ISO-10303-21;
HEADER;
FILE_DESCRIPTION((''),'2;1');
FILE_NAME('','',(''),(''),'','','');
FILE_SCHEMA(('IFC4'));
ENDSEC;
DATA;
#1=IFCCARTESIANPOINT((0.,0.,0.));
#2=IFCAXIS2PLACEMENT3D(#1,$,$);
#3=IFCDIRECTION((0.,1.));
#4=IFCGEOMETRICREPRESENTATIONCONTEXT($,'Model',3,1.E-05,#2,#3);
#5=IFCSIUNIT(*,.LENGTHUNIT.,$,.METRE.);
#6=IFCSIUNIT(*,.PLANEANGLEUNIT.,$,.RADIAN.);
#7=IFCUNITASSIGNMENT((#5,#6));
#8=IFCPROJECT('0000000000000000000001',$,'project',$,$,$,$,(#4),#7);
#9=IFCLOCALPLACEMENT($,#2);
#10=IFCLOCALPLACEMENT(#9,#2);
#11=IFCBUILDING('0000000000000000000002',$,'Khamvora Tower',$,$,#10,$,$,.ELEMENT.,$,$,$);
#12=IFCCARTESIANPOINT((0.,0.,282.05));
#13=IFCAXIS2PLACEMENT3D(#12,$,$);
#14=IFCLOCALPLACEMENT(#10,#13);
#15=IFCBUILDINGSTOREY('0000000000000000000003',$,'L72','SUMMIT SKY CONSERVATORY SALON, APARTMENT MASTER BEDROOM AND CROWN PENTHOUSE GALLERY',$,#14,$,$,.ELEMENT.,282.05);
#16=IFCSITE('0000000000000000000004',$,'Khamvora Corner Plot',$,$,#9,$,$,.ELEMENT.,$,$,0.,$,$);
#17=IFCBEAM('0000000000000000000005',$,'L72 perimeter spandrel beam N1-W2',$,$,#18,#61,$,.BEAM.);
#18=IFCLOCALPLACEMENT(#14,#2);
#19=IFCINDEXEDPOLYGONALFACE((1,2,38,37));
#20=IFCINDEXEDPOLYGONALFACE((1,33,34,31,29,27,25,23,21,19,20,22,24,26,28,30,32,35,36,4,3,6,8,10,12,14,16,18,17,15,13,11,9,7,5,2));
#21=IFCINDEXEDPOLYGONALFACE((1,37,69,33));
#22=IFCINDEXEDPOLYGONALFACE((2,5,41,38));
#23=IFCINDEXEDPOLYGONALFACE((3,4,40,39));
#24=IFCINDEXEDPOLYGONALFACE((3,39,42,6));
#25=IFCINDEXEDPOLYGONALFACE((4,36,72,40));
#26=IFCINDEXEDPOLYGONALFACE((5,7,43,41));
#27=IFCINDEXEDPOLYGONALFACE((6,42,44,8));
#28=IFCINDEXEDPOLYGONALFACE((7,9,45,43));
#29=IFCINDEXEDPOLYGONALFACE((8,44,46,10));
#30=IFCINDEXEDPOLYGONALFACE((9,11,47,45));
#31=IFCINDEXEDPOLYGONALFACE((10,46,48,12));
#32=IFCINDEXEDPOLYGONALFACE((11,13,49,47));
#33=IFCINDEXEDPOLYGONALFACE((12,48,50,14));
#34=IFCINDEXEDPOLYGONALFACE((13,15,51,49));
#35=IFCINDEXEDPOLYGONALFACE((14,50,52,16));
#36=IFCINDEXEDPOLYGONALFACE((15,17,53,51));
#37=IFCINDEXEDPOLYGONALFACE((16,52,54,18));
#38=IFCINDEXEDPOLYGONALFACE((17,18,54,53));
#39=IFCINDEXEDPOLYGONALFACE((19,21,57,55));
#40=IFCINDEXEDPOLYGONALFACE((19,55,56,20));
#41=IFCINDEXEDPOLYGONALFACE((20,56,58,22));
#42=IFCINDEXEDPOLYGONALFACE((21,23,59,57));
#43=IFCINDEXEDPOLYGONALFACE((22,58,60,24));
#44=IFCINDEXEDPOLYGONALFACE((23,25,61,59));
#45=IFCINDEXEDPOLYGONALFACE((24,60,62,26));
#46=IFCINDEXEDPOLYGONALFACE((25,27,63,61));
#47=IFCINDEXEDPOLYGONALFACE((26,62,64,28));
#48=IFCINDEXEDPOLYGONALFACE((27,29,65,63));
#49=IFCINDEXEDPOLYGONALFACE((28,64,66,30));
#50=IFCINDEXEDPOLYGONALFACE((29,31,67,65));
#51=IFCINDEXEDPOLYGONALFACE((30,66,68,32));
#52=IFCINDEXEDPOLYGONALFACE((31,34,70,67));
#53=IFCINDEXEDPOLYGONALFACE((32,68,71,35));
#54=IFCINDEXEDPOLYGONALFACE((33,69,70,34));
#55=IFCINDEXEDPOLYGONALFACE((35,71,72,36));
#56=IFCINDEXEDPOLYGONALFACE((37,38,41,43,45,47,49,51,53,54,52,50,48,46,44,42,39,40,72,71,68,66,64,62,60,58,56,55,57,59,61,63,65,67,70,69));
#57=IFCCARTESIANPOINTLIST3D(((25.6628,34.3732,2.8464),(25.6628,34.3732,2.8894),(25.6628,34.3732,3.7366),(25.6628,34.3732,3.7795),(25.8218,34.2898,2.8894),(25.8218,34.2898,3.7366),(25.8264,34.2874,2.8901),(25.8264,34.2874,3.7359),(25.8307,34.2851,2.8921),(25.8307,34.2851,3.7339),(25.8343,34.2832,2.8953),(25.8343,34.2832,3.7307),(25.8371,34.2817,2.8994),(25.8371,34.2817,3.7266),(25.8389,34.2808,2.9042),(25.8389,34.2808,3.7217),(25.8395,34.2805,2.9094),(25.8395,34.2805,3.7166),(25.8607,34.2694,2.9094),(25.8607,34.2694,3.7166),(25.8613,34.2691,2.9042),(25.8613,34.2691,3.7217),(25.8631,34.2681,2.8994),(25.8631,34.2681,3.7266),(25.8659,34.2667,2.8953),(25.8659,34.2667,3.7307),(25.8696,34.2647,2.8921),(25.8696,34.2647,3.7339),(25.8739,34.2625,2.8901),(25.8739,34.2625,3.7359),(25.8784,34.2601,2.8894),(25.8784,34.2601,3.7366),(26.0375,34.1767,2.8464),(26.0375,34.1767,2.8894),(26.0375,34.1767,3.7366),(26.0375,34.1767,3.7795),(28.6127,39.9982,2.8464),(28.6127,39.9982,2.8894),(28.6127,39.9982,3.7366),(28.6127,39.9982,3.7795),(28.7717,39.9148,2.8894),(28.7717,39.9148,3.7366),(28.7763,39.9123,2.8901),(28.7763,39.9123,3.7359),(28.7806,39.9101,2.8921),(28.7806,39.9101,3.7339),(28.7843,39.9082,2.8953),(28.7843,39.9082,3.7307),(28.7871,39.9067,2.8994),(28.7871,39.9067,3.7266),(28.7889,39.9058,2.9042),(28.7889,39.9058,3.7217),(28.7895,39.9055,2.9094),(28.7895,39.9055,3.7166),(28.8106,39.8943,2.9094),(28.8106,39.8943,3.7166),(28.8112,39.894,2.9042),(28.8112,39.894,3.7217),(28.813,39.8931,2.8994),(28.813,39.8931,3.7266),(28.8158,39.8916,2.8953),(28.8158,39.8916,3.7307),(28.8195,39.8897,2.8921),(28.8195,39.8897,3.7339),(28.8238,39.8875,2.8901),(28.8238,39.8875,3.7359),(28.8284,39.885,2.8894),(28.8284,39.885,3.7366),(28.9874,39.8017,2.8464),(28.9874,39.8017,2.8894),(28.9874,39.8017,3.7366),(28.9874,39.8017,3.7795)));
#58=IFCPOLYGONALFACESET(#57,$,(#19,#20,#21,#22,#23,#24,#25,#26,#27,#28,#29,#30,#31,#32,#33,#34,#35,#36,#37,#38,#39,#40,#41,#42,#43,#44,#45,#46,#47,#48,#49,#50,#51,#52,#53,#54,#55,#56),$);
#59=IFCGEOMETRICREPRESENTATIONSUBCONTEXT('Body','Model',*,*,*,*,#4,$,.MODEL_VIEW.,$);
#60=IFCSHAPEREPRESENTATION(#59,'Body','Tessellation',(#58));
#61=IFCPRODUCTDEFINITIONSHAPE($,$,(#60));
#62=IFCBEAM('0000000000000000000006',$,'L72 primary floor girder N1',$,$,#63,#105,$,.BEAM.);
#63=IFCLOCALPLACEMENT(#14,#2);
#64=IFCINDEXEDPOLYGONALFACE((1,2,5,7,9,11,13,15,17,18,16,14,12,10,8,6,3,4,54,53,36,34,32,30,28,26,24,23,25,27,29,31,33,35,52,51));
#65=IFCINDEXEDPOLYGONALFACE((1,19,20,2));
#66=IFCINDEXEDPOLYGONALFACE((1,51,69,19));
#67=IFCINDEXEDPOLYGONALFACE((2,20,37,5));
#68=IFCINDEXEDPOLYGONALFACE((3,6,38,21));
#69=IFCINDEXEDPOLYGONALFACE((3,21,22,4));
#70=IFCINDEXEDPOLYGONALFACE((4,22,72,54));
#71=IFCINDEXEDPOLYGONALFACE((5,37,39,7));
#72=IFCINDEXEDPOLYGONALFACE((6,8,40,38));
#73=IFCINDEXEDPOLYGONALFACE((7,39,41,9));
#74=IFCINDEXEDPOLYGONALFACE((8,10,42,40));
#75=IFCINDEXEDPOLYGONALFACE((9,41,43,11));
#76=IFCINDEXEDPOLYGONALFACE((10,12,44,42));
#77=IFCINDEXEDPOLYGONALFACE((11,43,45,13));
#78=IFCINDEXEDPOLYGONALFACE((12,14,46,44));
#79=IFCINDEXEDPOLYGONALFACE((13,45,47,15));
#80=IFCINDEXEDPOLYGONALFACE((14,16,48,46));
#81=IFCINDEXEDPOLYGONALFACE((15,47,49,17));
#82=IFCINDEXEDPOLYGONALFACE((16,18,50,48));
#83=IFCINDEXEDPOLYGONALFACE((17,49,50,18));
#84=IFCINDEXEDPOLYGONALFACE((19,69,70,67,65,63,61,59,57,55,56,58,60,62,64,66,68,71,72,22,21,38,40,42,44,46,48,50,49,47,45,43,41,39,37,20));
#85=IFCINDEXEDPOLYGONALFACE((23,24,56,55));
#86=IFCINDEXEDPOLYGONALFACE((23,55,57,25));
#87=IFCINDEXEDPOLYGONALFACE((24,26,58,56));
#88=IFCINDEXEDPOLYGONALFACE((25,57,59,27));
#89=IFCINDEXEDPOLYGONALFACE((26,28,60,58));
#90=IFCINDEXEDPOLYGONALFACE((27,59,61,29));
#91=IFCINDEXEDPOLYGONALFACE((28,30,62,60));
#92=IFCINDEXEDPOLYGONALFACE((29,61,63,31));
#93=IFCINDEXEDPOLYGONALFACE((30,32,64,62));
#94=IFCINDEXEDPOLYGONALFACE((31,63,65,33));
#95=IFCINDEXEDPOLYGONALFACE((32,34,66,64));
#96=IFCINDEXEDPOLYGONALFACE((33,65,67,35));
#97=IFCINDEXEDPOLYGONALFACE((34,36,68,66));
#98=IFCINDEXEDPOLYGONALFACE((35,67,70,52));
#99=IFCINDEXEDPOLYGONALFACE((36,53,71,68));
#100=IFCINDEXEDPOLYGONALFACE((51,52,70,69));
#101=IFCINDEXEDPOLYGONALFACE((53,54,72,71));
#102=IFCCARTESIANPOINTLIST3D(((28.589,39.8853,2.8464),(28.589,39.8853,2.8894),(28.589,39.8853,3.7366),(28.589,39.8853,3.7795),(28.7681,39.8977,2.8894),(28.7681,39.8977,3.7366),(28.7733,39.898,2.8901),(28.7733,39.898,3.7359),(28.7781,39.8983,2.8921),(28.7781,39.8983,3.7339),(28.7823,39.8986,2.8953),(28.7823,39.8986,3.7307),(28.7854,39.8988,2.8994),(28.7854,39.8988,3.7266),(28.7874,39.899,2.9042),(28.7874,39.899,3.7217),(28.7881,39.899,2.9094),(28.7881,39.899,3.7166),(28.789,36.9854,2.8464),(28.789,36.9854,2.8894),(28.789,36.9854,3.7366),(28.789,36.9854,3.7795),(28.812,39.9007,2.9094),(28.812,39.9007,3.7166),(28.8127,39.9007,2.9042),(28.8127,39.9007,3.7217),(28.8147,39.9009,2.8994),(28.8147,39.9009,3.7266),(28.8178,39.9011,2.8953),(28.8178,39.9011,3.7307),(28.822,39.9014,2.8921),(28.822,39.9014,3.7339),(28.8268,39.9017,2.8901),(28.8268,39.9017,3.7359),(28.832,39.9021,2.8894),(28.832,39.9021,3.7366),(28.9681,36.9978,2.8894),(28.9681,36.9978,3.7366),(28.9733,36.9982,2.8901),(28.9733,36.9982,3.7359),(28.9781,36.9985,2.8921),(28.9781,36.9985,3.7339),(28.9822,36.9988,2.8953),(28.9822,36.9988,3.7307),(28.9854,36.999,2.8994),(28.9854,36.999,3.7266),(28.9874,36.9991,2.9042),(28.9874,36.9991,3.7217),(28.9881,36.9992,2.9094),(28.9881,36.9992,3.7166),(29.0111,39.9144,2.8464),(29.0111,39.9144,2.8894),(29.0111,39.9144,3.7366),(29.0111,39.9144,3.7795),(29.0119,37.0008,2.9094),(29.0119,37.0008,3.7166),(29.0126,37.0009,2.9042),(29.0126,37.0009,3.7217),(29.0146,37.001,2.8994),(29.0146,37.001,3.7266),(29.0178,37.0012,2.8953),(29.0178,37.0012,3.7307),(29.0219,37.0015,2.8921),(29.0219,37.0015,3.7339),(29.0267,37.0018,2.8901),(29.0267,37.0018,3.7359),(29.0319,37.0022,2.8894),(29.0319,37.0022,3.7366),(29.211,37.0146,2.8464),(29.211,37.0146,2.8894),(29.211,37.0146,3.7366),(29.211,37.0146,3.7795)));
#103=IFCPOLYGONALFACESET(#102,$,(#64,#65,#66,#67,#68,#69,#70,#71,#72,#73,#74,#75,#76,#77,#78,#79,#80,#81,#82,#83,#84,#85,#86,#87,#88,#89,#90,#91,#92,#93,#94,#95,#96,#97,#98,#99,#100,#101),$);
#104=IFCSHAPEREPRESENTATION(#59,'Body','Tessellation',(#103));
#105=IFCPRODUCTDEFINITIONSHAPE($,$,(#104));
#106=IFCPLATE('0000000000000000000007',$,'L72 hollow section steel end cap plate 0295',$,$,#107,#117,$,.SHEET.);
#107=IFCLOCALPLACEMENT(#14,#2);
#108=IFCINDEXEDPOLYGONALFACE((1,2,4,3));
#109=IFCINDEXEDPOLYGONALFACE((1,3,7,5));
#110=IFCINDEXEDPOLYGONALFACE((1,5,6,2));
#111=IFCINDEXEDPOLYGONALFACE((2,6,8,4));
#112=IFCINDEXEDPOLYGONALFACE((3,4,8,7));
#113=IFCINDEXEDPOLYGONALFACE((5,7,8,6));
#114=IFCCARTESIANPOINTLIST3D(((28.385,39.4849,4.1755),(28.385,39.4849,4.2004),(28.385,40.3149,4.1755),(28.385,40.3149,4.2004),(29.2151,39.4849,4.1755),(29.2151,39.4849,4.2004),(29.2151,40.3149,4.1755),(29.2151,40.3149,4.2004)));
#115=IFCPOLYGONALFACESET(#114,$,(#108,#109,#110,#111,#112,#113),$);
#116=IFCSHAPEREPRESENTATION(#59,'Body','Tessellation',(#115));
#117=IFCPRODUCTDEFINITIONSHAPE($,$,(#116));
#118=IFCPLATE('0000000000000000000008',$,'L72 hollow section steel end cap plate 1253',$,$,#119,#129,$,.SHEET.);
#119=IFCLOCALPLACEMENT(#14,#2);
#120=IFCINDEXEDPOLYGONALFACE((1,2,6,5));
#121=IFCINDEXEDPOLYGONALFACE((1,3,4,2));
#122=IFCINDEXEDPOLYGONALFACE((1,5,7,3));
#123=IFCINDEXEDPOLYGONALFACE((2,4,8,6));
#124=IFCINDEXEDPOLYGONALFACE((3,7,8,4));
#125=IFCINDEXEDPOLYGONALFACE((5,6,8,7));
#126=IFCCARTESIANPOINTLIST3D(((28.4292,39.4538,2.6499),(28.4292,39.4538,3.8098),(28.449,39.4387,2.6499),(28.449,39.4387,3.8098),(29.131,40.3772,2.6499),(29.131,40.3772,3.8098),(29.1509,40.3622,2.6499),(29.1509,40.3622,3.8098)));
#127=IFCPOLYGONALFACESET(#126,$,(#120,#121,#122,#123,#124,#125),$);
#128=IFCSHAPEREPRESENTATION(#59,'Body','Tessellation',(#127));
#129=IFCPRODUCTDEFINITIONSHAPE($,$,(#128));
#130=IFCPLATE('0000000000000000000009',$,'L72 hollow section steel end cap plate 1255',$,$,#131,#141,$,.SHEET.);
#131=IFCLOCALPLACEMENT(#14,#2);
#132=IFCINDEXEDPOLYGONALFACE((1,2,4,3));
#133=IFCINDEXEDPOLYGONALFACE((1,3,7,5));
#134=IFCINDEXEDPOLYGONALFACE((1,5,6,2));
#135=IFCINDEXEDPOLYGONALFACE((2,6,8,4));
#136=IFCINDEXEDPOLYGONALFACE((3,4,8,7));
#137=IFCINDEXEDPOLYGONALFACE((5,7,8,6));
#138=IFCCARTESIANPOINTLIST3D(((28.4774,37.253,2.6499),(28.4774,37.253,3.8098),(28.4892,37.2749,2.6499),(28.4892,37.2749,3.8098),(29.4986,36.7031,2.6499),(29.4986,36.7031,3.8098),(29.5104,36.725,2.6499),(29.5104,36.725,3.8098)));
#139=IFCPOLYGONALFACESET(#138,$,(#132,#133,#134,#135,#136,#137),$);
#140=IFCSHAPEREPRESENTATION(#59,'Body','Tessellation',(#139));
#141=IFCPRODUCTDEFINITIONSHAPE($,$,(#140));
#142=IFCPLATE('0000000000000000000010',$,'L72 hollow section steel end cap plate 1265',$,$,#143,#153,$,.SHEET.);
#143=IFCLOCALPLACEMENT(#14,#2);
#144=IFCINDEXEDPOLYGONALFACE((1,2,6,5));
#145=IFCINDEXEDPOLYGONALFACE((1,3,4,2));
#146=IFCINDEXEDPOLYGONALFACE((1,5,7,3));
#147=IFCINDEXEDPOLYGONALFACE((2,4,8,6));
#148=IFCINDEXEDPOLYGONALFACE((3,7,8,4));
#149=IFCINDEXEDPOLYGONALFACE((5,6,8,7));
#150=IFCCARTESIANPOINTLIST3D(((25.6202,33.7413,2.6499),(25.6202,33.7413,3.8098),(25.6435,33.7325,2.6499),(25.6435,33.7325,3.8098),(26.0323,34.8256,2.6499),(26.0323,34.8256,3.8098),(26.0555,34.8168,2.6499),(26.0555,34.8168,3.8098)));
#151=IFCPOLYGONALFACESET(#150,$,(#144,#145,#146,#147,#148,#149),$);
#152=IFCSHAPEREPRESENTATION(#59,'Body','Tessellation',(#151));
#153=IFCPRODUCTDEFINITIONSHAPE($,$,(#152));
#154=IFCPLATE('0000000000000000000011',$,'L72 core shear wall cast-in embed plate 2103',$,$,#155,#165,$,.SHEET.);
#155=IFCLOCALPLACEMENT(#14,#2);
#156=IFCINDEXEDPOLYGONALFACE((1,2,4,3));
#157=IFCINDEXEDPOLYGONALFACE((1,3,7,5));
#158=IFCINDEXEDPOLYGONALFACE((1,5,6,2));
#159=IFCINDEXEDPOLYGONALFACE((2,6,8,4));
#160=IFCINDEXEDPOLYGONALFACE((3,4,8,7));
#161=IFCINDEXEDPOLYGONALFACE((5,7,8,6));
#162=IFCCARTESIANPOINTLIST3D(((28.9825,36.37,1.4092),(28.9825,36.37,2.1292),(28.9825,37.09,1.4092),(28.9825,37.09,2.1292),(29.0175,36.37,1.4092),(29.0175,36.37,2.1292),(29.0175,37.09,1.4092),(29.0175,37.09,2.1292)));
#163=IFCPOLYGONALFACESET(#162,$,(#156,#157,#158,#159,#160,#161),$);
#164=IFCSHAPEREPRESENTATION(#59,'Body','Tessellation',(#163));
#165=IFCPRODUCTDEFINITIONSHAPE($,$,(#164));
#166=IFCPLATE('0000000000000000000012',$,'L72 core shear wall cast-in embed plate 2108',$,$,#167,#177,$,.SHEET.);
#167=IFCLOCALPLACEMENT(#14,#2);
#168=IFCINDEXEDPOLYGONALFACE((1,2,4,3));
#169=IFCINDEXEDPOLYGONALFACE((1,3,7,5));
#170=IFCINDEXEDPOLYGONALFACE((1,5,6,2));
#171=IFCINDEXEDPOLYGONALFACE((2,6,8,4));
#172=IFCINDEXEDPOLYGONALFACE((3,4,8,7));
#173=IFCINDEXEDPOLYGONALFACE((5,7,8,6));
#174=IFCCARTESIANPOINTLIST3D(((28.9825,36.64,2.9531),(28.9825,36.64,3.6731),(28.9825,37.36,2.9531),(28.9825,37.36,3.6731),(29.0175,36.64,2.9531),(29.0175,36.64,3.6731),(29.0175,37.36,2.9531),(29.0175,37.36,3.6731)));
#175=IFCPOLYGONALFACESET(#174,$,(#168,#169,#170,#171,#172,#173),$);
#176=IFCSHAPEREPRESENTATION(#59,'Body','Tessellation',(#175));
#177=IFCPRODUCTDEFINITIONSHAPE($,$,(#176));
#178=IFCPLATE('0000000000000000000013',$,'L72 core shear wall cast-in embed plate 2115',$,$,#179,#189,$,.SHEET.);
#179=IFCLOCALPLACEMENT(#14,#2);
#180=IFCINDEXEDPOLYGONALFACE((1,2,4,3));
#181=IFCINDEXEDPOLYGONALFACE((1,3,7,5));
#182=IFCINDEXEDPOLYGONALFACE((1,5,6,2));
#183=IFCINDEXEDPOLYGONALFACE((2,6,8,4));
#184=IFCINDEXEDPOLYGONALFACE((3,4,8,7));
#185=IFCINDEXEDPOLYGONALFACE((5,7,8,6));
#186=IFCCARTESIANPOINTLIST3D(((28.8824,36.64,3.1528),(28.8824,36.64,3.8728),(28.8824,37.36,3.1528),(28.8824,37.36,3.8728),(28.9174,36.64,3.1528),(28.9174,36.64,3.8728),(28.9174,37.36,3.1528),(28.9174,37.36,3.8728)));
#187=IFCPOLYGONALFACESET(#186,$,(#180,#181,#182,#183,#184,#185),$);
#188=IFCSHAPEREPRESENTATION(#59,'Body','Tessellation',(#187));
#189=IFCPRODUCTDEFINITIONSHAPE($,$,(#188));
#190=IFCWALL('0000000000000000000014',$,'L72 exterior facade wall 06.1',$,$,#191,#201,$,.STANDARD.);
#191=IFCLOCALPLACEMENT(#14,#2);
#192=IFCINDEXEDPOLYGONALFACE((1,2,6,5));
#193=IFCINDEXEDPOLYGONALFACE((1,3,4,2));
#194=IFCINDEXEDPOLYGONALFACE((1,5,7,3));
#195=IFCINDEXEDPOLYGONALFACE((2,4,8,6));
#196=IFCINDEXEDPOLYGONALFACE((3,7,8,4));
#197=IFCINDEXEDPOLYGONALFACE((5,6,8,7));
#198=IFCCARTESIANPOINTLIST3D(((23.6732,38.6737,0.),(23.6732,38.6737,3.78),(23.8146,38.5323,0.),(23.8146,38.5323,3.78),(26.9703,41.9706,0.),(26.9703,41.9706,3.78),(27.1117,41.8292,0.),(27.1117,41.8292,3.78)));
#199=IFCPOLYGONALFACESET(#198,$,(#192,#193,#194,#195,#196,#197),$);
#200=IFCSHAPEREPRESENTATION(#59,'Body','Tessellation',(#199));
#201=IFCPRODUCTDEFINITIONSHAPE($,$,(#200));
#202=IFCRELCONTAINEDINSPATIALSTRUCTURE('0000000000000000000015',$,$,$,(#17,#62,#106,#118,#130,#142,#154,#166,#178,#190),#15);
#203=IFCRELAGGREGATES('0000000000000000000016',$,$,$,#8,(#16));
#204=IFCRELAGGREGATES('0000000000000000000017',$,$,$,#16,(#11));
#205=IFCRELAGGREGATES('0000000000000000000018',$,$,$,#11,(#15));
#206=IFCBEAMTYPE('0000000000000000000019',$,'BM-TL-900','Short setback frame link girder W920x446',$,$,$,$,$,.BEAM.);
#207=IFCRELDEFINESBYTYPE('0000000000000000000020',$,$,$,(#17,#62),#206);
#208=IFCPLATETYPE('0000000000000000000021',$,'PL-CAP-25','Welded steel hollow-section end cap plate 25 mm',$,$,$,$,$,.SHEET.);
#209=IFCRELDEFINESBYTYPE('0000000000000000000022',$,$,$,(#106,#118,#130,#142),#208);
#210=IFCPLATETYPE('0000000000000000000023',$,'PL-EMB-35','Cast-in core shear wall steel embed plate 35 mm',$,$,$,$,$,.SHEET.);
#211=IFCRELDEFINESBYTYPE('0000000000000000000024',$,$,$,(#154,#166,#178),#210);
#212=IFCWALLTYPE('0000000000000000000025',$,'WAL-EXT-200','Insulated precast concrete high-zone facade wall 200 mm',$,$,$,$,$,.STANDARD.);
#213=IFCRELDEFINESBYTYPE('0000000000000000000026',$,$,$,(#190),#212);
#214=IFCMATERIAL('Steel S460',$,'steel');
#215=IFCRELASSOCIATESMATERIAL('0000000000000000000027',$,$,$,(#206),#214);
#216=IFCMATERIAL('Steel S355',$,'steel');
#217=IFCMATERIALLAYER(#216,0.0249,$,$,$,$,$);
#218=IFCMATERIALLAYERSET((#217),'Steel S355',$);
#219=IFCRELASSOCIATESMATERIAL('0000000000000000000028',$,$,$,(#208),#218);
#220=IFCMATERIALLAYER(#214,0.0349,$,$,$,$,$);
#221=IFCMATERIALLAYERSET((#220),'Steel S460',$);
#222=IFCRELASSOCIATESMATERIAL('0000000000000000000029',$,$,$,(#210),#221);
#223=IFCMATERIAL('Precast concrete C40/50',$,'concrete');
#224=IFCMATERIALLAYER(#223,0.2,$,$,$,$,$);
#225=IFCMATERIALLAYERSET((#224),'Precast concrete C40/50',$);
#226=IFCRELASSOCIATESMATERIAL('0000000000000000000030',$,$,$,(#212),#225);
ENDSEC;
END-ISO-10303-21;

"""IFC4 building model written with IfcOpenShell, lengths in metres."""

from ifc_helpers import new_model, si_unit, direction, frame, frame_2d, origin, origin_2d, place, context, subcontext, project, spatial, rectangle, i_section, extrude, material, layer, layer_set, material_profile, profile_set, type_object, element, save


model = new_model("IFC4")

# Units and contexts
model_context = context("Model", 3, precision=1e-05, world=origin(), true_north=direction((0.0, 1.0)))
body_context = subcontext(model_context, "Body", "Model", "MODEL_VIEW")
ifc_project = project(units=[si_unit("LENGTHUNIT", "METRE"), si_unit("PLANEANGLEUNIT", "RADIAN")], contexts=[model_context])

# Site, building, storey
site_placement = place(None, origin())
site = spatial("IfcSite", under=ifc_project, at=site_placement, Name="Khamvora Corner Plot", CompositionType="ELEMENT", RefElevation=0.0)
building_placement = place(site_placement, origin())
building = spatial("IfcBuilding", under=site, at=building_placement, Name="Khamvora Tower", CompositionType="ELEMENT")
storey_placement = place(building_placement, frame((0.0, 0.0, 282.05)))
storey = spatial("IfcBuildingStorey", under=building, at=storey_placement, Name="L72", Description="SUMMIT SKY CONSERVATORY SALON, APARTMENT MASTER BEDROOM AND CROWN PENTHOUSE GALLERY", CompositionType="ELEMENT", Elevation=282.05)

# Shared definitions
ifc_material_1 = material(Name="Steel S355", Category="steel")

# Beams
ifc_material_2 = material(Name="Steel S460", Category="steel")
ifc_material_profile_1 = material_profile(ifc_material_2, i_section(OverallWidth=0.4231, OverallDepth=0.9331, WebThickness=0.0239, FlangeThickness=0.043, FilletRadius=0.02, at=origin_2d()), Name="W920x446")
ifc_profile_set_1 = profile_set([ifc_material_profile_1], Name="Steel S460")
beam_type_1 = type_object("IfcBeamType", Name="BM-TL-900", Description="Short setback frame link girder W920x446", PredefinedType="BEAM", material=ifc_profile_set_1)
beam_1_placement = place(storey_placement, frame((28.8, 39.8999, 3.313), z_axis=(-0.464442, -0.885603, 0.0), x_axis=(0.885603, -0.464442, 0.0)))
element("IfcBeam", 1, at=beam_1_placement, inside=storey, type_object=beam_type_1, Name="L72 perimeter spandrel beam N1-W2", PredefinedType="BEAM", context=body_context, shape_type="SweptSolid", body=[
    extrude(i_section(OverallWidth=0.4231, OverallDepth=0.9331, WebThickness=0.0239, FlangeThickness=0.043, FilletRadius=0.02, at=origin_2d()), origin(), (0.0, 0.0, 1.0), 6.3516),
])
beam_2_placement = place(storey_placement, frame((29.0, 37.0, 3.313), z_axis=(-0.068788, 0.997631, 0.0), x_axis=(-0.997631, -0.068788, 0.0)))
element("IfcBeam", 2, at=beam_2_placement, inside=storey, type_object=beam_type_1, Name="L72 primary floor girder N1", PredefinedType="BEAM", context=body_context, shape_type="SweptSolid", body=[
    extrude(i_section(OverallWidth=0.4231, OverallDepth=0.9331, WebThickness=0.0239, FlangeThickness=0.043, FilletRadius=0.02, at=origin_2d()), origin(), (0.0, 0.0, 1.0), 2.9067),
])

# Plates
ifc_layer_1 = layer(ifc_material_1, 0.0249)
ifc_layer_set_1 = layer_set([ifc_layer_1], Name="Steel S355")
plate_type_1 = type_object("IfcPlateType", Name="PL-CAP-25", Description="Welded steel hollow-section end cap plate 25 mm", PredefinedType="SHEET", material=ifc_layer_set_1)
plate_placement = place(storey_placement, frame((28.8, 39.8999, 4.1755), z_axis=(0.0, 0.0, 1.0), x_axis=(1.0, 0.0, 0.0)))
element("IfcPlate", 3, at=plate_placement, inside=storey, type_object=plate_type_1, Name="L72 hollow section steel end cap plate 0295", PredefinedType="SHEET", context=body_context, shape_type="SweptSolid", body=[
    extrude(rectangle(XDim=0.8301, YDim=0.8301, at=origin_2d()), origin(), (0.0, 0.0, 1.0), 0.0249),
])
for number, where, z_axis, x_axis, name in (
    (4, (28.79, 39.908, 2.6499), (0.0, 0.0, 1.0), (0.79616, -0.605086, 0.0), "L72 hollow section steel end cap plate 1253"),
    (5, (28.9939, 36.989, 2.6499), (0.0, 0.0, 1.0), (0.474104, 0.880469, 0.0), "L72 hollow section steel end cap plate 1255"),
    (6, (25.8379, 34.2791, 2.6499), (0.0, 0.0, 1.0), (0.934782, -0.355221, 0.0), "L72 hollow section steel end cap plate 1265"),
):
    element("IfcPlate", number, at=place(storey_placement, frame(where, z_axis=z_axis, x_axis=x_axis)), inside=storey, type_object=plate_type_1, Name=name, PredefinedType="SHEET", context=body_context, shape_type="SweptSolid", body=[
        extrude(rectangle(XDim=0.0249, YDim=1.1599, at=origin_2d()), origin(), (0.0, 0.0, 1.0), 1.1599),
    ])
ifc_layer_2 = layer(ifc_material_2, 0.0349)
ifc_layer_set_2 = layer_set([ifc_layer_2], Name="Steel S460")
plate_type_2 = type_object("IfcPlateType", Name="PL-EMB-35", Description="Cast-in core shear wall steel embed plate 35 mm", PredefinedType="SHEET", material=ifc_layer_set_2)
for number, where, z_axis, x_axis, name in (
    (7, (29.0, 36.73, 1.4092), (0.0, 0.0, 1.0), (1.0, 0.0, 0.0), "L72 core shear wall cast-in embed plate 2103"),
    (8, (29.0, 37.0, 2.9531), (0.0, 0.0, 1.0), (1.0, 0.0, 0.0), "L72 core shear wall cast-in embed plate 2108"),
    (9, (28.8999, 37.0, 3.1528), (0.0, 0.0, 1.0), (1.0, 0.0, 0.0), "L72 core shear wall cast-in embed plate 2115"),
):
    element("IfcPlate", number, at=place(storey_placement, frame(where, z_axis=z_axis, x_axis=x_axis)), inside=storey, type_object=plate_type_2, Name=name, PredefinedType="SHEET", context=body_context, shape_type="SweptSolid", body=[
        extrude(rectangle(XDim=0.0349, YDim=0.72, at=origin_2d()), origin(), (0.0, 0.0, 1.0), 0.72),
    ])

# Wall
ifc_material_3 = material(Name="Precast concrete C40/50", Category="concrete")
ifc_layer_3 = layer(ifc_material_3, 0.2)
ifc_layer_set_3 = layer_set([ifc_layer_3], Name="Precast concrete C40/50")
wall_type = type_object("IfcWallType", Name="WAL-EXT-200", Description="Insulated precast concrete high-zone facade wall 200 mm", PredefinedType="STANDARD", material=ifc_layer_set_3)
wall_1_placement = place(storey_placement, frame((23.7439, 38.603, 0.0), z_axis=(0.0, 0.0, 1.0), x_axis=(0.707133, 0.707081, 0.0)))
element("IfcWall", 10, at=wall_1_placement, inside=storey, type_object=wall_type, Name="L72 exterior facade wall 06.1", PredefinedType="STANDARD", context=body_context, shape_type="SweptSolid", body=[
    extrude(rectangle(XDim=4.6626, YDim=0.2, at=frame_2d((2.3313, 0.0))), origin(), (0.0, 0.0, 1.0), 3.78),
])

save(model, "model.ifc")
